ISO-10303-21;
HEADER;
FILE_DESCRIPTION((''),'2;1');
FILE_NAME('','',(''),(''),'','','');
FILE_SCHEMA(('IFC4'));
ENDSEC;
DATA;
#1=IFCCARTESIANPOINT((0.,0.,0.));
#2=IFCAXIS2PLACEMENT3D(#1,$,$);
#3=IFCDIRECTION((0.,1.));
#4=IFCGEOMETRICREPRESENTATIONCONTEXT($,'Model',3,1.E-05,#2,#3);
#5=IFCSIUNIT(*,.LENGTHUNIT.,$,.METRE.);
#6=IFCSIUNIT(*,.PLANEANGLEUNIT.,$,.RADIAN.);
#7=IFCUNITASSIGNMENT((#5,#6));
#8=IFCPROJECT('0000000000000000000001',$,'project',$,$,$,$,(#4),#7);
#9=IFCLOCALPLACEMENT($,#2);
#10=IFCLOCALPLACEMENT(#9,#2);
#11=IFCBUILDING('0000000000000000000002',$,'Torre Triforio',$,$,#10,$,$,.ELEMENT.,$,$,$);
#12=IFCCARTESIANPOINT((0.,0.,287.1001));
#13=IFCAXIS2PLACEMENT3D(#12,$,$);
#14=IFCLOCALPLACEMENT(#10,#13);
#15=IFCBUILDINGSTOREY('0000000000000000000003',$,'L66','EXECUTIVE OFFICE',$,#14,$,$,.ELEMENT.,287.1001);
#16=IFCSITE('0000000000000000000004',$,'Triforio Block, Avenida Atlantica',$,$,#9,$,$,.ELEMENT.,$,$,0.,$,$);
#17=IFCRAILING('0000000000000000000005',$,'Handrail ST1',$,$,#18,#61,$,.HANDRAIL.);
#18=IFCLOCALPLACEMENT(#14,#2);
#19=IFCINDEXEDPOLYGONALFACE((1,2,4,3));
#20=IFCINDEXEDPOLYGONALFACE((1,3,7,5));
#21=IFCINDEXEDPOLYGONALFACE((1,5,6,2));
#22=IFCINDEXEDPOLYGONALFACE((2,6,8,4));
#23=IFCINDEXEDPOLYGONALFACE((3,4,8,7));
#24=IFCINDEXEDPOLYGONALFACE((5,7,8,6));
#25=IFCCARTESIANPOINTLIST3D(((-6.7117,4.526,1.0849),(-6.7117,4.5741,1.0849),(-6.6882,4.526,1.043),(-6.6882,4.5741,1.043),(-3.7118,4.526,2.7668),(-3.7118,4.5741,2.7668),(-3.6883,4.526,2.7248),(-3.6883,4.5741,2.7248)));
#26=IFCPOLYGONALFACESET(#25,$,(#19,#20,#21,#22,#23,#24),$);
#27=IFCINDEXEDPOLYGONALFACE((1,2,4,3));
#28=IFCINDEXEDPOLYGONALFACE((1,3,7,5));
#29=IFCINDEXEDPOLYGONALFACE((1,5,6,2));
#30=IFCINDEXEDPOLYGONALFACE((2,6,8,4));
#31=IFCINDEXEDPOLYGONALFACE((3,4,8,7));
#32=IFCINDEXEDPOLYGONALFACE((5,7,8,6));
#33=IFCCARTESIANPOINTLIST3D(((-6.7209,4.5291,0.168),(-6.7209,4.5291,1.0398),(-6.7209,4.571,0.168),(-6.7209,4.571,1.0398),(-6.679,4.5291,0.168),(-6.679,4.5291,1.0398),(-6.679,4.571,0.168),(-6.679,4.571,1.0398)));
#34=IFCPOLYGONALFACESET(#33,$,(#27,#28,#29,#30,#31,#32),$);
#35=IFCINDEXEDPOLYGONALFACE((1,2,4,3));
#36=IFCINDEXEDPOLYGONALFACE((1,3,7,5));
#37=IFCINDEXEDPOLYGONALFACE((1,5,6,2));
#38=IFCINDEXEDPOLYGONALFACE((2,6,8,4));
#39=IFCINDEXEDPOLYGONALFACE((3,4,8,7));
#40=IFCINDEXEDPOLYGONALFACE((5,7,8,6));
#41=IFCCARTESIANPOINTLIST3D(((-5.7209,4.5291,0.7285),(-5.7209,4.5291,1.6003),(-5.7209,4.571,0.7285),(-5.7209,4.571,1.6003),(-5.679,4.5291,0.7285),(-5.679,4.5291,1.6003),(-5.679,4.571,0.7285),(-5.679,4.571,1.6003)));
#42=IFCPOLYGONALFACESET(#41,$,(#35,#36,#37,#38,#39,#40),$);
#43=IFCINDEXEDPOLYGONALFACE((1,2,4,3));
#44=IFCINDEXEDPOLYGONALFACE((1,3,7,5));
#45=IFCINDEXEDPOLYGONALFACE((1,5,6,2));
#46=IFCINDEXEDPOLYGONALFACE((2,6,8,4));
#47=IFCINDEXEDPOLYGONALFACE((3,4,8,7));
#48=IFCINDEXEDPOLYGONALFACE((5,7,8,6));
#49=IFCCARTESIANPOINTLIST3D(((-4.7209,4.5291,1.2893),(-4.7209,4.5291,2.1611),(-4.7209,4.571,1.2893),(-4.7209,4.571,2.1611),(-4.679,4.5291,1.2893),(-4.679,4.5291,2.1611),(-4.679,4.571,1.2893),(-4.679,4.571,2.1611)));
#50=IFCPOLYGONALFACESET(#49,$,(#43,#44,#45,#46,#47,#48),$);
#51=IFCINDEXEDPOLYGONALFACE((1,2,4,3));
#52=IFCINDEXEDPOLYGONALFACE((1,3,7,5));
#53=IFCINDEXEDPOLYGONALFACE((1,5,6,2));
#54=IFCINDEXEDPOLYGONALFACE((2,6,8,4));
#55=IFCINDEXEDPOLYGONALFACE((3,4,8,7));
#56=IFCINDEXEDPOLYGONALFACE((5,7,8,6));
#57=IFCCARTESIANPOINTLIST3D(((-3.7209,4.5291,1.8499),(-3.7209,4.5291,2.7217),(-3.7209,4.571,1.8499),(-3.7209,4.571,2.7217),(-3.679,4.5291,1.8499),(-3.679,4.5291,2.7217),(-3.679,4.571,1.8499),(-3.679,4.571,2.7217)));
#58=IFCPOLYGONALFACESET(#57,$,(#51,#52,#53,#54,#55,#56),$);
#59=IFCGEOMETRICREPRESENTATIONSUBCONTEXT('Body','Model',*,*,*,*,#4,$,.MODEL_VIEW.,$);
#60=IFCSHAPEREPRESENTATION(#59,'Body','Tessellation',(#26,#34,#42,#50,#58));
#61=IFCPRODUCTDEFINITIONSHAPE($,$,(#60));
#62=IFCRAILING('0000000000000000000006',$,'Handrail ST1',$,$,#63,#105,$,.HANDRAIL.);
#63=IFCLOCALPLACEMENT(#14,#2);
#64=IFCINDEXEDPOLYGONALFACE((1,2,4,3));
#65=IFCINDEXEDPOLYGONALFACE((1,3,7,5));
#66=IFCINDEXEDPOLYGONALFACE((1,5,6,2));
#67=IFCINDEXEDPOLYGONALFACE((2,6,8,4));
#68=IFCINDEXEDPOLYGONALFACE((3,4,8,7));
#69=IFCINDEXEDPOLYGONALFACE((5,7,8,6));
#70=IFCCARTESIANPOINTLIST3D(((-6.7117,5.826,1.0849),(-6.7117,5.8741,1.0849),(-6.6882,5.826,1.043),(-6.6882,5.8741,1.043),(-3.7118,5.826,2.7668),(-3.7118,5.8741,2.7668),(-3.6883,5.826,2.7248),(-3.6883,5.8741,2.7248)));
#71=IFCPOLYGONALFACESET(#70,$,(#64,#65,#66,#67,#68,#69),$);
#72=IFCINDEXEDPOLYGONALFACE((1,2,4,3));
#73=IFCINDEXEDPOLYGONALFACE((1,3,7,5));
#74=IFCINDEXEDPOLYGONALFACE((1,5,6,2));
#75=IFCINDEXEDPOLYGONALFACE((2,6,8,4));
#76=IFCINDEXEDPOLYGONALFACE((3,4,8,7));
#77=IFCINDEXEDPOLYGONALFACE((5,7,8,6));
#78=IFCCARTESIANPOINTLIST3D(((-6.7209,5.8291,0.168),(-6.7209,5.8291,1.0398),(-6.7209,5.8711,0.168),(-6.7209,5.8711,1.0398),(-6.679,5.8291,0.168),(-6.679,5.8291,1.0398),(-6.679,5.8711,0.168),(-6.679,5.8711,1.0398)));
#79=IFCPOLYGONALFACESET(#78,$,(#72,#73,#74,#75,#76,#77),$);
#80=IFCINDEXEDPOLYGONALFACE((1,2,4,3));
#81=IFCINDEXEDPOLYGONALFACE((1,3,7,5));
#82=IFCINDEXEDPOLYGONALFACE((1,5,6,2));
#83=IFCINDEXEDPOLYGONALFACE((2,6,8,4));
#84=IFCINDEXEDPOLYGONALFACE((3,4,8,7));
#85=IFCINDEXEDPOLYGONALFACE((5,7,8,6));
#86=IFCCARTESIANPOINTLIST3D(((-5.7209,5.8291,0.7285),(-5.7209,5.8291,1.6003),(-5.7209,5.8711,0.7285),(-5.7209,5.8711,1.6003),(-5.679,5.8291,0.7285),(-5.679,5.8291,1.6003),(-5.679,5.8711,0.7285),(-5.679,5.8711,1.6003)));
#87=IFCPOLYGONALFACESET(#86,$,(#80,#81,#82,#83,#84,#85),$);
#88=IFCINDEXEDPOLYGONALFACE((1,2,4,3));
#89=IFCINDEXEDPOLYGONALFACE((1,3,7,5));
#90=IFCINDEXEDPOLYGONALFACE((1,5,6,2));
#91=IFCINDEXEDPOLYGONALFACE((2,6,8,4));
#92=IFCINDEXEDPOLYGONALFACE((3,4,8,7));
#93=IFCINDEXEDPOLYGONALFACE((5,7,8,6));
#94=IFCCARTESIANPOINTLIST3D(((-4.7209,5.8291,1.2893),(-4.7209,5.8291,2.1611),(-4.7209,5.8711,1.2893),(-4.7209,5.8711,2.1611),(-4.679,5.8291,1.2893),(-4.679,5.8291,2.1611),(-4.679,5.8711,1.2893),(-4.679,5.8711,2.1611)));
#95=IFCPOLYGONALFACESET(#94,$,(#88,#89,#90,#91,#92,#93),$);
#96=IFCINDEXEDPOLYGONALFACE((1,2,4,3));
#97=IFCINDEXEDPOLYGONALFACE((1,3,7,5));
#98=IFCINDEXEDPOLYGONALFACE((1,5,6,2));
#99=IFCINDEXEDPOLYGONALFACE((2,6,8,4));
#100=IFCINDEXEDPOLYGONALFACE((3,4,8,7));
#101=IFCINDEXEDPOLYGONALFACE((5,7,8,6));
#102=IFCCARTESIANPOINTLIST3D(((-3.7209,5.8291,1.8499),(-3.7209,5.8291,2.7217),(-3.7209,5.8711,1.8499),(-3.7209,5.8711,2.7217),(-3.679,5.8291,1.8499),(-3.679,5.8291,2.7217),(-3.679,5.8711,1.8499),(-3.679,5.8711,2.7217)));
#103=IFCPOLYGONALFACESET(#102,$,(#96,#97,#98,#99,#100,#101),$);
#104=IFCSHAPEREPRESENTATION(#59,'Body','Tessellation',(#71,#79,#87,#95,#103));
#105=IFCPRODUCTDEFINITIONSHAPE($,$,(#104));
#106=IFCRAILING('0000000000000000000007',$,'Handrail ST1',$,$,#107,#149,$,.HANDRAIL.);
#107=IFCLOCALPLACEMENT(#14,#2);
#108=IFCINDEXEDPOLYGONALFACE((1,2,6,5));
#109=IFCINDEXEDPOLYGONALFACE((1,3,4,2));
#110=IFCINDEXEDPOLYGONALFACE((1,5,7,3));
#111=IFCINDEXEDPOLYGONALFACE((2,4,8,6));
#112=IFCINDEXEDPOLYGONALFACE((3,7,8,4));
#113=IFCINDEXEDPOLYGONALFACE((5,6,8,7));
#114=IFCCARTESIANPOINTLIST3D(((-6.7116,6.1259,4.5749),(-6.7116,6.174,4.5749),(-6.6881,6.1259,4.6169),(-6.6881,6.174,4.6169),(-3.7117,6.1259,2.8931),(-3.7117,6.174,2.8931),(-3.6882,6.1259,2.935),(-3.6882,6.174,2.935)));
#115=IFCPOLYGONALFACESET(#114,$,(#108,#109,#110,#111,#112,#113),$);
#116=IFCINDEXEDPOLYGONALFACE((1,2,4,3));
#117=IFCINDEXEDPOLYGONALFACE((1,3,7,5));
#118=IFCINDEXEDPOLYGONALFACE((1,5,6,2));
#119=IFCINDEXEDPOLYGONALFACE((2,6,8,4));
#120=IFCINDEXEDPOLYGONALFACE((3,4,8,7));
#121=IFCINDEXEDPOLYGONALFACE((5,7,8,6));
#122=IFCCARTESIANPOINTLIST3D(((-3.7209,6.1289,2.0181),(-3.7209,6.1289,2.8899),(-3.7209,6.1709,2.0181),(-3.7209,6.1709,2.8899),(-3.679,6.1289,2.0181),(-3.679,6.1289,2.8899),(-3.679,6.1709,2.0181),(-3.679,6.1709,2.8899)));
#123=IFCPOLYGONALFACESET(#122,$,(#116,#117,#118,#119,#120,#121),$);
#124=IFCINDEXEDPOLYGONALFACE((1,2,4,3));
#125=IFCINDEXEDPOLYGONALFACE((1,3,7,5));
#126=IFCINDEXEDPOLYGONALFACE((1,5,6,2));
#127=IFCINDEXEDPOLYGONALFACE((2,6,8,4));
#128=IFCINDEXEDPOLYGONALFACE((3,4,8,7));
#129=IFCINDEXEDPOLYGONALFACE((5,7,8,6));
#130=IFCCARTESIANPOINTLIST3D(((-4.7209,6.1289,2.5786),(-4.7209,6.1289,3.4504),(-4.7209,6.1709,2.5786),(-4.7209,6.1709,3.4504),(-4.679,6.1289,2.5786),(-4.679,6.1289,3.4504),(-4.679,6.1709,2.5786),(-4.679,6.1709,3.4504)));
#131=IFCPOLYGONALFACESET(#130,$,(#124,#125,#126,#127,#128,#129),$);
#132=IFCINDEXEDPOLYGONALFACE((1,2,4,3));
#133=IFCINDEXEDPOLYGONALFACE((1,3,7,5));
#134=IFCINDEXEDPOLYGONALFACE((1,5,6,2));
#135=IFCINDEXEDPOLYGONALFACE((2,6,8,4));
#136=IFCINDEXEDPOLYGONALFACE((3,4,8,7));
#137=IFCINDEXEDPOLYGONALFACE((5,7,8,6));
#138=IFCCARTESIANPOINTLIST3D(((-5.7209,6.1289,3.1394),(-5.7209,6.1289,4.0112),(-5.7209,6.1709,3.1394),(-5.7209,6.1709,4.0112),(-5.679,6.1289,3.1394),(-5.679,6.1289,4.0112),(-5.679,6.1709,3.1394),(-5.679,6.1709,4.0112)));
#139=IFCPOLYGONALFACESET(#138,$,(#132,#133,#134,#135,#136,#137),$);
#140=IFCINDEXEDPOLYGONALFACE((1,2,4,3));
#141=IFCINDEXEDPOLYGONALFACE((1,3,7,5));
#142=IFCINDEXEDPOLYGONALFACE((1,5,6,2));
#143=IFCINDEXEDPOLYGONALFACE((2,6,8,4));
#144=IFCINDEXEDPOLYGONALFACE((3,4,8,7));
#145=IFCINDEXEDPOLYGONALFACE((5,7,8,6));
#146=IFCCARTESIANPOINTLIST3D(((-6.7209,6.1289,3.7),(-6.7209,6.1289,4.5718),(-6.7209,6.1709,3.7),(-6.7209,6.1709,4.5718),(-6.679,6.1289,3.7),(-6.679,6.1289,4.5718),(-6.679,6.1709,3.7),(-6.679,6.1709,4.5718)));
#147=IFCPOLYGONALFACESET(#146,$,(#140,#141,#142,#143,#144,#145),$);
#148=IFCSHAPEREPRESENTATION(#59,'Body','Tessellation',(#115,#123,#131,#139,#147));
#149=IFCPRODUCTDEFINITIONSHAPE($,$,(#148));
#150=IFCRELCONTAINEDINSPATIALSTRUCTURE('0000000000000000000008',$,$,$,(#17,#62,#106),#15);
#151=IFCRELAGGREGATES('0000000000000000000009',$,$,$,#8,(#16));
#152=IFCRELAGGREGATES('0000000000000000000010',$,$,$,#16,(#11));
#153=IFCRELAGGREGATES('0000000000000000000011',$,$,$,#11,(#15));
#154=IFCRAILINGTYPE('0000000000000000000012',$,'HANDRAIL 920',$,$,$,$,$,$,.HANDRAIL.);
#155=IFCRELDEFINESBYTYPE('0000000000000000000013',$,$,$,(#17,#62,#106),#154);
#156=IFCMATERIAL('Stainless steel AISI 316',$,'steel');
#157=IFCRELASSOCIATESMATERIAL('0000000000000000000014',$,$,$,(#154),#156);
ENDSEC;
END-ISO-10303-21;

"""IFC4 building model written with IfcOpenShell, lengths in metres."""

from ifc_helpers import new_model, si_unit, direction, frame, origin, origin_2d, place, context, subcontext, project, spatial, rectangle, extrude, material, type_object, element, save


model = new_model("IFC4")

# Units and contexts
model_context = context("Model", 3, precision=1e-05, world=origin(), true_north=direction((0.0, 1.0)))
body_context = subcontext(model_context, "Body", "Model", "MODEL_VIEW")
ifc_project = project(units=[si_unit("LENGTHUNIT", "METRE"), si_unit("PLANEANGLEUNIT", "RADIAN")], contexts=[model_context])

# Site, building, storey
site_placement = place(None, origin())
site = spatial("IfcSite", under=ifc_project, at=site_placement, Name="Triforio Block, Avenida Atlantica", CompositionType="ELEMENT", RefElevation=0.0)
building_placement = place(site_placement, origin())
building = spatial("IfcBuilding", under=site, at=building_placement, Name="Torre Triforio", CompositionType="ELEMENT")
storey_placement = place(building_placement, frame((0.0, 0.0, 287.1001)))
storey = spatial("IfcBuildingStorey", under=building, at=storey_placement, Name="L66", Description="EXECUTIVE OFFICE", CompositionType="ELEMENT", Elevation=287.1001)

# Railings
ifc_material_1 = material(Name="Stainless steel AISI 316", Category="steel")
railing_type = type_object("IfcRailingType", Name="HANDRAIL 920", PredefinedType="HANDRAIL", material=ifc_material_1)
for number, where, name in (
    (1, (-6.7, 4.55, 0.168), "Handrail ST1"),
    (2, (-6.7, 5.8501, 0.168), "Handrail ST1"),
):
    element("IfcRailing", number, at=place(storey_placement, frame(where)), inside=storey, type_object=railing_type, Name=name, PredefinedType="HANDRAIL", context=body_context, shape_type="SweptSolid", body=[
        extrude(rectangle(XDim=0.0481, YDim=0.0481, at=origin_2d()), frame((0.0, 0.0, 0.896), z_axis=(0.872272, 0.0, 0.48902), x_axis=(0.0, 1.0, 0.0)), (0.0, 0.0, 1.0), 3.4392),
        extrude(rectangle(XDim=0.042, YDim=0.042, at=origin_2d()), origin(), (0.0, 0.0, 1.0), 0.8718),
        extrude(rectangle(XDim=0.042, YDim=0.042, at=origin_2d()), frame((1.0, 0.0, 0.5605)), (0.0, 0.0, 1.0), 0.8718),
        extrude(rectangle(XDim=0.042, YDim=0.042, at=origin_2d()), frame((2.0, 0.0, 1.1213)), (0.0, 0.0, 1.0), 0.8718),
        extrude(rectangle(XDim=0.042, YDim=0.042, at=origin_2d()), frame((3.0, 0.0, 1.6819)), (0.0, 0.0, 1.0), 0.8718),
    ])
railing_placement = place(storey_placement, frame((-3.7, 6.1499, 2.0181)))
element("IfcRailing", 3, at=railing_placement, inside=storey, type_object=railing_type, Name="Handrail ST1", PredefinedType="HANDRAIL", context=body_context, shape_type="SweptSolid", body=[
    extrude(rectangle(XDim=0.0481, YDim=0.0481, at=origin_2d()), frame((0.0, 0.0, 0.896), z_axis=(-0.872272, 0.0, 0.48902), x_axis=(0.0, -1.0, 0.0)), (0.0, 0.0, 1.0), 3.4392),
    extrude(rectangle(XDim=0.042, YDim=0.042, at=origin_2d()), origin(), (0.0, 0.0, 1.0), 0.8718),
    extrude(rectangle(XDim=0.042, YDim=0.042, at=origin_2d()), frame((-1.0, 0.0, 0.5605)), (0.0, 0.0, 1.0), 0.8718),
    extrude(rectangle(XDim=0.042, YDim=0.042, at=origin_2d()), frame((-2.0, 0.0, 1.1213)), (0.0, 0.0, 1.0), 0.8718),
    extrude(rectangle(XDim=0.042, YDim=0.042, at=origin_2d()), frame((-3.0, 0.0, 1.6819)), (0.0, 0.0, 1.0), 0.8718),
])

save(model, "model.ifc")
